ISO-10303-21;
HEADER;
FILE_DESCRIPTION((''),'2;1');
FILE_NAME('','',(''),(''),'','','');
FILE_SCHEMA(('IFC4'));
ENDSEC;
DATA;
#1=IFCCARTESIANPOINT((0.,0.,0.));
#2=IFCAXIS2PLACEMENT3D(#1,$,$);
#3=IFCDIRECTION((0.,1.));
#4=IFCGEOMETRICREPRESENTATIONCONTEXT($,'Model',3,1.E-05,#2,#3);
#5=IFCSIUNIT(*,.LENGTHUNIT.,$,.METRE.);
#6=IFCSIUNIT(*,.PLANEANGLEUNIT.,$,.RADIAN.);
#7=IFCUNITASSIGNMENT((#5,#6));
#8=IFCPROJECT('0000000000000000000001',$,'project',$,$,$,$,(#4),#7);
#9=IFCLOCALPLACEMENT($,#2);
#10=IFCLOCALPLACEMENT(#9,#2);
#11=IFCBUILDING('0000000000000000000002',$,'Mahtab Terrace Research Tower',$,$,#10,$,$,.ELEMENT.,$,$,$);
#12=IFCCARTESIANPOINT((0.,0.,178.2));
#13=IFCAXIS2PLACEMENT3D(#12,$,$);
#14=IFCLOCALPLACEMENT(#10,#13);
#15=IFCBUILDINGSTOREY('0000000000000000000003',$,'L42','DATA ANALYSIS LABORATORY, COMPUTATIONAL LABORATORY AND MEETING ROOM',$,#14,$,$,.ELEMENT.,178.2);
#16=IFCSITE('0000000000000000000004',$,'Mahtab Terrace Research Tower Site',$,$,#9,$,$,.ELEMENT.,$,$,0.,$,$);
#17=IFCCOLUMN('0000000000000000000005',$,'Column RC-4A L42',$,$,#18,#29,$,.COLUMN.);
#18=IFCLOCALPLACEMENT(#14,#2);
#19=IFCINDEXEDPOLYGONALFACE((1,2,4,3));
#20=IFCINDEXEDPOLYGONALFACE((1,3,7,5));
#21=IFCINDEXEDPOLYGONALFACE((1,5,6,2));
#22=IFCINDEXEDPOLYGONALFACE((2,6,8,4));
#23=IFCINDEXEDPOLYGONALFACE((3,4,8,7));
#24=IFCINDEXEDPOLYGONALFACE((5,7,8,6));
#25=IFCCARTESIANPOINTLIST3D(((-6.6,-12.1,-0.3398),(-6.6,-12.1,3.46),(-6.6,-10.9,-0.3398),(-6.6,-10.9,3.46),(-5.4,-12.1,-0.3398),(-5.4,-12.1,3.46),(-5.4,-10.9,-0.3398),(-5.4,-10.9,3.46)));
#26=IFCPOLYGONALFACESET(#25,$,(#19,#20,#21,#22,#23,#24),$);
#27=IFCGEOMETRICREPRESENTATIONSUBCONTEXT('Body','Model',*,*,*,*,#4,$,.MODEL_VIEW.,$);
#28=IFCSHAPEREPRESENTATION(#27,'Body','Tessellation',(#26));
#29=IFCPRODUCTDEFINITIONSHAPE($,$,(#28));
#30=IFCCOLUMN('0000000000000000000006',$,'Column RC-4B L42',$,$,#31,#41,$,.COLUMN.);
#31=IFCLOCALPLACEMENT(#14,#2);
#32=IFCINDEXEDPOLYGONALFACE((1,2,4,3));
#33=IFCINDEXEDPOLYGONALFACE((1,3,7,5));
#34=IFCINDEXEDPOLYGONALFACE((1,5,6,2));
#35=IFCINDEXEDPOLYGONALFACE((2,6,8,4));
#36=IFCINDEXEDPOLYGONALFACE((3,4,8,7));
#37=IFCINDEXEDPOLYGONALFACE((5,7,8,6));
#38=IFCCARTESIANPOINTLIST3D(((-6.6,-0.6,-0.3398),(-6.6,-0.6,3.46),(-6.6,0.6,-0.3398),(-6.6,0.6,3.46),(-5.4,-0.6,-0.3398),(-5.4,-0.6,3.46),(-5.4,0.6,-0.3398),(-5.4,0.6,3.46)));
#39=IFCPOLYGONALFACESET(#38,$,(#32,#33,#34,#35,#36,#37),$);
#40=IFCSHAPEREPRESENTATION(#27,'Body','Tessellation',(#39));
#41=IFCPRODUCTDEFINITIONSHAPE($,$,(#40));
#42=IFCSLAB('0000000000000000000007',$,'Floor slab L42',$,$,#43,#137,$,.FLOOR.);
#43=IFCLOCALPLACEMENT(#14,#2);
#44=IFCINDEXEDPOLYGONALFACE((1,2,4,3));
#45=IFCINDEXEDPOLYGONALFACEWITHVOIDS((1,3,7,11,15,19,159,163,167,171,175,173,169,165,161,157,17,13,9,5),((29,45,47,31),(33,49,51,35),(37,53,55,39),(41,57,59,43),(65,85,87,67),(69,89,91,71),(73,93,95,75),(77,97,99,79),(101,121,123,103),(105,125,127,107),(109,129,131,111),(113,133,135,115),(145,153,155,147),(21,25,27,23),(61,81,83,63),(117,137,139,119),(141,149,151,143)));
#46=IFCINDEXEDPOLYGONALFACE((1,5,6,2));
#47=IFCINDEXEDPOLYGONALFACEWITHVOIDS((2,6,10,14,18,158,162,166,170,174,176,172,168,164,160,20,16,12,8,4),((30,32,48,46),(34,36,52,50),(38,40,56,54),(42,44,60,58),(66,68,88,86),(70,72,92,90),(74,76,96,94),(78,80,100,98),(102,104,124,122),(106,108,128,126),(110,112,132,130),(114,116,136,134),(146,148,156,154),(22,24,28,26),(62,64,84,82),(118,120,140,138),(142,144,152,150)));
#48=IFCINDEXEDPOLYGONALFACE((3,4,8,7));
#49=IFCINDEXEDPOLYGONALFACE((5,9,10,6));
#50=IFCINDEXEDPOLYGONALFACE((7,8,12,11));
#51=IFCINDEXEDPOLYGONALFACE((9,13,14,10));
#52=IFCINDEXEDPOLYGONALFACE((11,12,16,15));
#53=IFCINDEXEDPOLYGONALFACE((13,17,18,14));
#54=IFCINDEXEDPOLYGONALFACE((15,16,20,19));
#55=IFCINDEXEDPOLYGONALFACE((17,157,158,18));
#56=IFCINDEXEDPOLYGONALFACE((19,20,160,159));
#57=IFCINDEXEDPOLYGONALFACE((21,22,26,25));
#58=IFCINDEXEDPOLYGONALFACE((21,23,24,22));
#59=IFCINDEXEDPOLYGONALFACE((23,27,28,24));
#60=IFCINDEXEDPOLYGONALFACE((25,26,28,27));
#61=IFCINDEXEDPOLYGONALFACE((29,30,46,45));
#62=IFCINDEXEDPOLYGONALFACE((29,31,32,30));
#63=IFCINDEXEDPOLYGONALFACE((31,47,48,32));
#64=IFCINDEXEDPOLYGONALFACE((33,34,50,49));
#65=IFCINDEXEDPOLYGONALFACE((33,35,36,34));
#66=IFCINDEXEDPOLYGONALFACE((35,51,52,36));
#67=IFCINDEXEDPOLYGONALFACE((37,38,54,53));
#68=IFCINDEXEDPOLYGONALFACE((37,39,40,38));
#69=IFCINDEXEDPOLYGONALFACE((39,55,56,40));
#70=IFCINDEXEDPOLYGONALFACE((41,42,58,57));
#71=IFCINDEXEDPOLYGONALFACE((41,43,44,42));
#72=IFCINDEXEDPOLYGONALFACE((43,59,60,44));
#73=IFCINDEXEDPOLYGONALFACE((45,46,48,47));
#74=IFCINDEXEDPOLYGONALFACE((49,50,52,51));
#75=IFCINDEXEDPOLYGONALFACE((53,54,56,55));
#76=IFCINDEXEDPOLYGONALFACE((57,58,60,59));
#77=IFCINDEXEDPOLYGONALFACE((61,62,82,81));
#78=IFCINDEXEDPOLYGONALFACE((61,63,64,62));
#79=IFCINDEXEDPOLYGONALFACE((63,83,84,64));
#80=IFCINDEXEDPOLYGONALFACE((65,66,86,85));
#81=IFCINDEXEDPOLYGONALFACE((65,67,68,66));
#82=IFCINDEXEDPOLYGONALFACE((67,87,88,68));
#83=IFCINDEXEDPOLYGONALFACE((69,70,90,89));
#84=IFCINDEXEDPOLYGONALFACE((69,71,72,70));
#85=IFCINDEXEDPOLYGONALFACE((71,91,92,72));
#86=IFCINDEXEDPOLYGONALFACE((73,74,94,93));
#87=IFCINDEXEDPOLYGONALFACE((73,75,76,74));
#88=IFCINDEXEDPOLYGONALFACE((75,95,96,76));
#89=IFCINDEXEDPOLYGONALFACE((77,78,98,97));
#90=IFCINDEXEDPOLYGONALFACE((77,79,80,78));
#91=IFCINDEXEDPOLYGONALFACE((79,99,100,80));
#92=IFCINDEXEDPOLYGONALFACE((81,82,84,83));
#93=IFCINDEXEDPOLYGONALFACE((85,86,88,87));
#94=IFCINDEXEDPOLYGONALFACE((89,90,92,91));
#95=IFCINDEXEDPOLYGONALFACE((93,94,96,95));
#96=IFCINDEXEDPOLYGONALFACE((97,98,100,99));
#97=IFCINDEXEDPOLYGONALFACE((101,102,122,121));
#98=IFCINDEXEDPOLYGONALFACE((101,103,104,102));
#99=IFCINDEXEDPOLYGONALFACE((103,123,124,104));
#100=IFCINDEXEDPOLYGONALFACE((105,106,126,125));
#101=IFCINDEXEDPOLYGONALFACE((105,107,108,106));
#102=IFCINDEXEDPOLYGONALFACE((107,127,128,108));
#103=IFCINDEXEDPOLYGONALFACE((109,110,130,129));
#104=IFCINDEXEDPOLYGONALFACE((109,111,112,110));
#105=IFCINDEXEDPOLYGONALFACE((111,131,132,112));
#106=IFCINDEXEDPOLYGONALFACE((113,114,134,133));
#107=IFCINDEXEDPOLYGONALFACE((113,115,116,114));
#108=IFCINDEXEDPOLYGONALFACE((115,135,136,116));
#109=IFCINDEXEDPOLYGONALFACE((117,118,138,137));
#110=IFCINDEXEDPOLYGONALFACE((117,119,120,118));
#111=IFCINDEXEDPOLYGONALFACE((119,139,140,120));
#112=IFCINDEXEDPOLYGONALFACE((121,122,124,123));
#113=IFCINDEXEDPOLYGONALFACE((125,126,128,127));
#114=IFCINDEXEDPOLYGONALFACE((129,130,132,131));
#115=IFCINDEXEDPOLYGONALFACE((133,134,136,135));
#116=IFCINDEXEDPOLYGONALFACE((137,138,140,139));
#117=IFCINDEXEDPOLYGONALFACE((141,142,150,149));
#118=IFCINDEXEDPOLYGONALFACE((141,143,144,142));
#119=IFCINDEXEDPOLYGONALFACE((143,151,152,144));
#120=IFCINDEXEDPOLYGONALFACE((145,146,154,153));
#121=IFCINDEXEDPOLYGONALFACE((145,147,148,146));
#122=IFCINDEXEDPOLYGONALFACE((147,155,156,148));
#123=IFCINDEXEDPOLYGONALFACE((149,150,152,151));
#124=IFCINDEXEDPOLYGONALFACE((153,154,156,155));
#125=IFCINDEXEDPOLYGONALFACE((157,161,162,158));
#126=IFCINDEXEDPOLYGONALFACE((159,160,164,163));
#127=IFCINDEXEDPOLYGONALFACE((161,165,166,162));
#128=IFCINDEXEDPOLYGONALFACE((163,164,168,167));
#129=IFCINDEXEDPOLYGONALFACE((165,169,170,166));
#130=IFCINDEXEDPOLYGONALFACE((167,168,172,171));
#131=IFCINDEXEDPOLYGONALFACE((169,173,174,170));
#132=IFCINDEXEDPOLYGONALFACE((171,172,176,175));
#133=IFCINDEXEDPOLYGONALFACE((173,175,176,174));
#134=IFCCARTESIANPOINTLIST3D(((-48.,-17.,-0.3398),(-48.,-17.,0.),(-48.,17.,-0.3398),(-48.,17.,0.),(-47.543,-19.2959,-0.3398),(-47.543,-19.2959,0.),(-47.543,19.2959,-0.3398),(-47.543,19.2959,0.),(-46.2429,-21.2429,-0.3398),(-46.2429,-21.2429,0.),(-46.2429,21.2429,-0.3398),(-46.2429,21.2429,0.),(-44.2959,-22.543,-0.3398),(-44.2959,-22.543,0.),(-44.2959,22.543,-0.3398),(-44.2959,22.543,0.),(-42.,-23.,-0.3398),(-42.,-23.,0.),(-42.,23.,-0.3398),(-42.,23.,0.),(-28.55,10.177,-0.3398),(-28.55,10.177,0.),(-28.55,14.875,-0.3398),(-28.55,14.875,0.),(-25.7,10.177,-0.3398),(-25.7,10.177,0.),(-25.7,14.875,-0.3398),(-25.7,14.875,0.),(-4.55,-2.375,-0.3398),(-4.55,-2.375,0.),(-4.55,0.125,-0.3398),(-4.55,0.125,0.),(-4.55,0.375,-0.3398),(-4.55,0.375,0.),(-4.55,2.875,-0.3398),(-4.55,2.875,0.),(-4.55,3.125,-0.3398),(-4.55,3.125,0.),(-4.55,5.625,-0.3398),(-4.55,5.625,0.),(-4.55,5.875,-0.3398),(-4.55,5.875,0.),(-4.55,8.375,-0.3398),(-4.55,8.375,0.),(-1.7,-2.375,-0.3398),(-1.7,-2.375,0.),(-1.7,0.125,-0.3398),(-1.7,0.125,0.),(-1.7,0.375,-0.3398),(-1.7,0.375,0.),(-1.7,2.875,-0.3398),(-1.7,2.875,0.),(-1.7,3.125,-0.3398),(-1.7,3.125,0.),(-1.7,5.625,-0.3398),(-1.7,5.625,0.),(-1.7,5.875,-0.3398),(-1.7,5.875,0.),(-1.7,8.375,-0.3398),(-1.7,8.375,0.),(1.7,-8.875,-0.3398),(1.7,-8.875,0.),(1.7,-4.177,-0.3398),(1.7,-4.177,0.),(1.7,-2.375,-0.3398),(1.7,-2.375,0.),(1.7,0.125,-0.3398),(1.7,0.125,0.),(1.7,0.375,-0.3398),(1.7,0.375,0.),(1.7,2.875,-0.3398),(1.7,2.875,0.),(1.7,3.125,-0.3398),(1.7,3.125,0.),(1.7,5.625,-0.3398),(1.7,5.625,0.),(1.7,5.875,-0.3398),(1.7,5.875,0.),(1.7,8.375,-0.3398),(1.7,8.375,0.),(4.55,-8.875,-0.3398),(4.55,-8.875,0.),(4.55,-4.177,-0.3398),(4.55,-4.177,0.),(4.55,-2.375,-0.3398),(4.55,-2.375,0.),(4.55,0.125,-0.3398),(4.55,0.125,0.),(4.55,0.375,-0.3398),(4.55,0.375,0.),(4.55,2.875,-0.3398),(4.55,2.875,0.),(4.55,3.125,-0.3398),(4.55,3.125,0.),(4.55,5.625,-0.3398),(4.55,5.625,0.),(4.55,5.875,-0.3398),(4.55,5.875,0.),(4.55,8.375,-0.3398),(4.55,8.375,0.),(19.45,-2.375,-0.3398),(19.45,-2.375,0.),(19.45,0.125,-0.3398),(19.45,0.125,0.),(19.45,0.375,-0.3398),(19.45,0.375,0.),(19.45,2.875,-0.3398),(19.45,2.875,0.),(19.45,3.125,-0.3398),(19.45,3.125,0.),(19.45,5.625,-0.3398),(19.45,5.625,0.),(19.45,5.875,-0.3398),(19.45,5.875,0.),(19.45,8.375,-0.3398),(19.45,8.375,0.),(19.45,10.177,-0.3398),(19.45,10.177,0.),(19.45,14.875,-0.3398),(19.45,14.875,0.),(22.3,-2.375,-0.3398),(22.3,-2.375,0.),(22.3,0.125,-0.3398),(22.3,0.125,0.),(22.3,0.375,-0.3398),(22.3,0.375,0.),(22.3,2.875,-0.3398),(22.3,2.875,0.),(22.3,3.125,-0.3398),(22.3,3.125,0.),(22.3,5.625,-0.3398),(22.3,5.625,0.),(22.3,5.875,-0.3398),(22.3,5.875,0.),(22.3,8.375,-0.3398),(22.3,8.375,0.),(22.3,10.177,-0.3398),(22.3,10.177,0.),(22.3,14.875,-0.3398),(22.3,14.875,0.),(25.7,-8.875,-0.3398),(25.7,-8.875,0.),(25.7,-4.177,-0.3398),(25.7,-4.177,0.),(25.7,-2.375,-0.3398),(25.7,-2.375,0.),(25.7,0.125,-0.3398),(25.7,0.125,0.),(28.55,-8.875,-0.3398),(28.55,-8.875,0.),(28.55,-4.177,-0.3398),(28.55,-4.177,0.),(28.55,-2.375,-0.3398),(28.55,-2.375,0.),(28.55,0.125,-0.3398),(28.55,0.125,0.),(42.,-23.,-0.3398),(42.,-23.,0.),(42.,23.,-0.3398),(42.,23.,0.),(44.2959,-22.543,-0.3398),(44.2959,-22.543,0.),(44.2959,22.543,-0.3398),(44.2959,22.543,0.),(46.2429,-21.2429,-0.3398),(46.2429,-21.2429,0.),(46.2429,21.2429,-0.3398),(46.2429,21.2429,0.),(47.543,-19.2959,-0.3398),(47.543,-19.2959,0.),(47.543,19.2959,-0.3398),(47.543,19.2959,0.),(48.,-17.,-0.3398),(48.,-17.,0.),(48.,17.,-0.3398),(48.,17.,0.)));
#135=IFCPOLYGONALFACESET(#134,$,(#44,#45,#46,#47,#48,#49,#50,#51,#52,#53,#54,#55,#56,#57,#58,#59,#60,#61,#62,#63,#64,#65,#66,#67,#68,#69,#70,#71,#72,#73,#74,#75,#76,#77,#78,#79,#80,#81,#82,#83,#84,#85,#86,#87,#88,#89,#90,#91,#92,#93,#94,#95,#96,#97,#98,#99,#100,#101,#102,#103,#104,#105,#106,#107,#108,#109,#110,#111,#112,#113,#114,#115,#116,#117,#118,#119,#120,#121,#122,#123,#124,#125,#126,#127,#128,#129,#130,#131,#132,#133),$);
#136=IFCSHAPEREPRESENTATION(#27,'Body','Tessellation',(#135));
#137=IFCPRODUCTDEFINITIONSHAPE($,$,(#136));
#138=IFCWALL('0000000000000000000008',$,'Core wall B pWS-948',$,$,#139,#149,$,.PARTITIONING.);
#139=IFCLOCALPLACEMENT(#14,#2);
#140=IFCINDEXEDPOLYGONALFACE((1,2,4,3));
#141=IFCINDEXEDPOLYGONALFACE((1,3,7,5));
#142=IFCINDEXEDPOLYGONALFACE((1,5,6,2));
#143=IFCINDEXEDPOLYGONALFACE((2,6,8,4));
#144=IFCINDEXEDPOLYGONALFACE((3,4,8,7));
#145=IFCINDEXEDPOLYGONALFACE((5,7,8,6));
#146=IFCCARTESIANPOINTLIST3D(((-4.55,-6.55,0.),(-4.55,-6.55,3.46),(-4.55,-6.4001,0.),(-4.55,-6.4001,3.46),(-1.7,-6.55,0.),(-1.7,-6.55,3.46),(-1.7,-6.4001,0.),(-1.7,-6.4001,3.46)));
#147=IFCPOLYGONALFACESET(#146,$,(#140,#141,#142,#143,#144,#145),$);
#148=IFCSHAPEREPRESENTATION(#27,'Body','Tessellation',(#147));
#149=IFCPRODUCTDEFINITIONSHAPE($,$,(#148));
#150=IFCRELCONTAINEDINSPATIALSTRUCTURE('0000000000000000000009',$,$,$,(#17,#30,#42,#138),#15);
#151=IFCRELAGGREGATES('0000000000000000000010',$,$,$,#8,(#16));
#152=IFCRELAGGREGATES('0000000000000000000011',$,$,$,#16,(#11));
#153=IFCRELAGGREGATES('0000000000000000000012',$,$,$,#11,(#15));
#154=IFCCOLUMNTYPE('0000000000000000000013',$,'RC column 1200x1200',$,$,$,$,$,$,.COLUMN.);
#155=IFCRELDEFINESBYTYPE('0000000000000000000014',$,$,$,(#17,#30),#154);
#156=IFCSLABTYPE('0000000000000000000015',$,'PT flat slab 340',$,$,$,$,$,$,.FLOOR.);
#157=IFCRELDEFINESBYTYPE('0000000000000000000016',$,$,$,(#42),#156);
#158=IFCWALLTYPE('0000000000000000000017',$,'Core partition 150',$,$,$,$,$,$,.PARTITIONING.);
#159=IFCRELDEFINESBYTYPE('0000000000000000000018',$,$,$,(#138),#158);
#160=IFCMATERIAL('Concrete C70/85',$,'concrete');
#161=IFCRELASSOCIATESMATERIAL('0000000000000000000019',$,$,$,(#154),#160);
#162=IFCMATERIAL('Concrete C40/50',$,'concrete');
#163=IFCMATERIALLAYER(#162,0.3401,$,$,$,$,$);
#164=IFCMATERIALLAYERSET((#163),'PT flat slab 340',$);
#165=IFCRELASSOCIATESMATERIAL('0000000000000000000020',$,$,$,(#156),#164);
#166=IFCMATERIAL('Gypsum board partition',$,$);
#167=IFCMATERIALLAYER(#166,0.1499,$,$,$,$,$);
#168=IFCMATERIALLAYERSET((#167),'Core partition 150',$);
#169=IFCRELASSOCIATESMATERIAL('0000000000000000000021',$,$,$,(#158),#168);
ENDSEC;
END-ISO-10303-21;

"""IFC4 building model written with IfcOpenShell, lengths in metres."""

from ifc_helpers import new_model, si_unit, direction, frame, frame_2d, origin, origin_2d, place, context, subcontext, project, spatial, polyline, rectangle, outline, extrude, material, layer, layer_set, material_profile, profile_set, type_object, element, save


model = new_model("IFC4")

# Units and contexts
model_context = context("Model", 3, precision=1e-05, world=origin(), true_north=direction((0.0, 1.0)))
body_context = subcontext(model_context, "Body", "Model", "MODEL_VIEW")
ifc_project = project(units=[si_unit("LENGTHUNIT", "METRE"), si_unit("PLANEANGLEUNIT", "RADIAN")], contexts=[model_context])

# Site, building, storey
site_placement = place(None, origin())
site = spatial("IfcSite", under=ifc_project, at=site_placement, Name="Mahtab Terrace Research Tower Site", CompositionType="ELEMENT", RefElevation=0.0)
building_placement = place(site_placement, origin())
building = spatial("IfcBuilding", under=site, at=building_placement, Name="Mahtab Terrace Research Tower", CompositionType="ELEMENT")
storey_placement = place(building_placement, frame((0.0, 0.0, 178.2)))
storey = spatial("IfcBuildingStorey", under=building, at=storey_placement, Name="L42", Description="DATA ANALYSIS LABORATORY, COMPUTATIONAL LABORATORY AND MEETING ROOM", CompositionType="ELEMENT", Elevation=178.2)

# Columns
ifc_material_1 = material(Name="Concrete C70/85", Category="concrete")
ifc_material_profile = material_profile(ifc_material_1, rectangle(XDim=1.2, YDim=1.2, at=origin_2d()), Name="RC column 1200x1200")
ifc_profile_set = profile_set([ifc_material_profile], Name="Concrete C70/85")
column_type = type_object("IfcColumnType", Name="RC column 1200x1200", PredefinedType="COLUMN", material=ifc_profile_set)
for number, where, z_axis, x_axis, name in (
    (1, (-6.0, -11.5, -0.3398), (0.0, 0.0, 1.0), (1.0, 0.0, 0.0), "Column RC-4A L42"),
    (2, (-6.0, 0.0, -0.3398), (0.0, 0.0, 1.0), (1.0, 0.0, 0.0), "Column RC-4B L42"),
):
    element("IfcColumn", number, at=place(storey_placement, frame(where, z_axis=z_axis, x_axis=x_axis)), inside=storey, type_object=column_type, Name=name, PredefinedType="COLUMN", context=body_context, shape_type="SweptSolid", body=[
        extrude(rectangle(XDim=1.2, YDim=1.2, at=origin_2d()), origin(), (0.0, 0.0, 1.0), 3.7998),
    ])

# Slab
ifc_material_2 = material(Name="Concrete C40/50", Category="concrete")
ifc_layer_1 = layer(ifc_material_2, 0.3401)
ifc_layer_set_1 = layer_set([ifc_layer_1], Name="PT flat slab 340")
slab_type = type_object("IfcSlabType", Name="PT flat slab 340", PredefinedType="FLOOR", material=ifc_layer_set_1)
slab_placement = place(storey_placement, frame((0.0, 0.0, -0.3398)))
element("IfcSlab", 3, at=slab_placement, inside=storey, type_object=slab_type, Name="Floor slab L42", PredefinedType="FLOOR", context=body_context, shape_type="SweptSolid", body=[
    extrude(outline(polyline([(47.543, 19.2959), (46.2429, 21.2429), (44.2959, 22.543), (42.0, 23.0), (-42.0, 23.0), (-44.2959, 22.543), (-46.2429, 21.2429), (-47.543, 19.2959), (-48.0, 17.0), (-48.0, -17.0), (-47.543, -19.2959), (-46.2429, -21.2429), (-44.2959, -22.543), (-42.0, -23.0), (42.0, -23.0), (44.2959, -22.543), (46.2429, -21.2429), (47.543, -19.2959), (48.0, -17.0), (48.0, 17.0), (47.543, 19.2959)]), holes=[polyline([(-4.55, -2.375), (-4.55, 0.125), (-1.7, 0.125), (-1.7, -2.375), (-4.55, -2.375)]), polyline([(1.7, -2.375), (1.7, 0.125), (4.55, 0.125), (4.55, -2.375), (1.7, -2.375)]), polyline([(-4.55, 0.375), (-4.55, 2.875), (-1.7, 2.875), (-1.7, 0.375), (-4.55, 0.375)]), polyline([(1.7, 0.375), (1.7, 2.875), (4.55, 2.875), (4.55, 0.375), (1.7, 0.375)]), polyline([(-4.55, 3.125), (-4.55, 5.625), (-1.7, 5.625), (-1.7, 3.125), (-4.55, 3.125)]), polyline([(1.7, 3.125), (1.7, 5.625), (4.55, 5.625), (4.55, 3.125), (1.7, 3.125)]), polyline([(-4.55, 5.875), (-4.55, 8.375), (-1.7, 8.375), (-1.7, 5.875), (-4.55, 5.875)]), polyline([(1.7, 5.875), (1.7, 8.375), (4.55, 8.375), (4.55, 5.875), (1.7, 5.875)]), polyline([(-28.55, 10.177), (-28.55, 14.875), (-25.7, 14.875), (-25.7, 10.177), (-28.55, 10.177)]), polyline([(1.7, -8.875), (1.7, -4.177), (4.55, -4.177), (4.55, -8.875), (1.7, -8.875)]), polyline([(25.7, -8.875), (25.7, -4.177), (28.55, -4.177), (28.55, -8.875), (25.7, -8.875)]), polyline([(19.45, -2.375), (19.45, 0.125), (22.3, 0.125), (22.3, -2.375), (19.45, -2.375)]), polyline([(25.7, -2.375), (25.7, 0.125), (28.55, 0.125), (28.55, -2.375), (25.7, -2.375)]), polyline([(19.45, 0.375), (19.45, 2.875), (22.3, 2.875), (22.3, 0.375), (19.45, 0.375)]), polyline([(19.45, 3.125), (19.45, 5.625), (22.3, 5.625), (22.3, 3.125), (19.45, 3.125)]), polyline([(19.45, 8.375), (22.3, 8.375), (22.3, 5.875), (19.45, 5.875), (19.45, 8.375)]), polyline([(19.45, 14.875), (22.3, 14.875), (22.3, 10.177), (19.45, 10.177), (19.45, 14.875)])]), origin(), (0.0, 0.0, 1.0), 0.3398),
])

# Wall
ifc_material_3 = material(Name="Gypsum board partition")
ifc_layer_2 = layer(ifc_material_3, 0.1499)
ifc_layer_set_2 = layer_set([ifc_layer_2], Name="Core partition 150")
wall_type_1 = type_object("IfcWallType", Name="Core partition 150", PredefinedType="PARTITIONING", material=ifc_layer_set_2)
wall_1_placement = place(storey_placement, frame((-4.55, -6.4751, 0.0), z_axis=(0.0, 0.0, 1.0), x_axis=(1.0, 0.0, 0.0)))
element("IfcWall", 4, at=wall_1_placement, inside=storey, type_object=wall_type_1, Name="Core wall B pWS-948", PredefinedType="PARTITIONING", context=body_context, shape_type="SweptSolid", body=[
    extrude(rectangle(XDim=2.8501, YDim=0.1499, at=frame_2d((1.425, 0.0))), origin(), (0.0, 0.0, 1.0), 3.46),
])

save(model, "model.ifc")
